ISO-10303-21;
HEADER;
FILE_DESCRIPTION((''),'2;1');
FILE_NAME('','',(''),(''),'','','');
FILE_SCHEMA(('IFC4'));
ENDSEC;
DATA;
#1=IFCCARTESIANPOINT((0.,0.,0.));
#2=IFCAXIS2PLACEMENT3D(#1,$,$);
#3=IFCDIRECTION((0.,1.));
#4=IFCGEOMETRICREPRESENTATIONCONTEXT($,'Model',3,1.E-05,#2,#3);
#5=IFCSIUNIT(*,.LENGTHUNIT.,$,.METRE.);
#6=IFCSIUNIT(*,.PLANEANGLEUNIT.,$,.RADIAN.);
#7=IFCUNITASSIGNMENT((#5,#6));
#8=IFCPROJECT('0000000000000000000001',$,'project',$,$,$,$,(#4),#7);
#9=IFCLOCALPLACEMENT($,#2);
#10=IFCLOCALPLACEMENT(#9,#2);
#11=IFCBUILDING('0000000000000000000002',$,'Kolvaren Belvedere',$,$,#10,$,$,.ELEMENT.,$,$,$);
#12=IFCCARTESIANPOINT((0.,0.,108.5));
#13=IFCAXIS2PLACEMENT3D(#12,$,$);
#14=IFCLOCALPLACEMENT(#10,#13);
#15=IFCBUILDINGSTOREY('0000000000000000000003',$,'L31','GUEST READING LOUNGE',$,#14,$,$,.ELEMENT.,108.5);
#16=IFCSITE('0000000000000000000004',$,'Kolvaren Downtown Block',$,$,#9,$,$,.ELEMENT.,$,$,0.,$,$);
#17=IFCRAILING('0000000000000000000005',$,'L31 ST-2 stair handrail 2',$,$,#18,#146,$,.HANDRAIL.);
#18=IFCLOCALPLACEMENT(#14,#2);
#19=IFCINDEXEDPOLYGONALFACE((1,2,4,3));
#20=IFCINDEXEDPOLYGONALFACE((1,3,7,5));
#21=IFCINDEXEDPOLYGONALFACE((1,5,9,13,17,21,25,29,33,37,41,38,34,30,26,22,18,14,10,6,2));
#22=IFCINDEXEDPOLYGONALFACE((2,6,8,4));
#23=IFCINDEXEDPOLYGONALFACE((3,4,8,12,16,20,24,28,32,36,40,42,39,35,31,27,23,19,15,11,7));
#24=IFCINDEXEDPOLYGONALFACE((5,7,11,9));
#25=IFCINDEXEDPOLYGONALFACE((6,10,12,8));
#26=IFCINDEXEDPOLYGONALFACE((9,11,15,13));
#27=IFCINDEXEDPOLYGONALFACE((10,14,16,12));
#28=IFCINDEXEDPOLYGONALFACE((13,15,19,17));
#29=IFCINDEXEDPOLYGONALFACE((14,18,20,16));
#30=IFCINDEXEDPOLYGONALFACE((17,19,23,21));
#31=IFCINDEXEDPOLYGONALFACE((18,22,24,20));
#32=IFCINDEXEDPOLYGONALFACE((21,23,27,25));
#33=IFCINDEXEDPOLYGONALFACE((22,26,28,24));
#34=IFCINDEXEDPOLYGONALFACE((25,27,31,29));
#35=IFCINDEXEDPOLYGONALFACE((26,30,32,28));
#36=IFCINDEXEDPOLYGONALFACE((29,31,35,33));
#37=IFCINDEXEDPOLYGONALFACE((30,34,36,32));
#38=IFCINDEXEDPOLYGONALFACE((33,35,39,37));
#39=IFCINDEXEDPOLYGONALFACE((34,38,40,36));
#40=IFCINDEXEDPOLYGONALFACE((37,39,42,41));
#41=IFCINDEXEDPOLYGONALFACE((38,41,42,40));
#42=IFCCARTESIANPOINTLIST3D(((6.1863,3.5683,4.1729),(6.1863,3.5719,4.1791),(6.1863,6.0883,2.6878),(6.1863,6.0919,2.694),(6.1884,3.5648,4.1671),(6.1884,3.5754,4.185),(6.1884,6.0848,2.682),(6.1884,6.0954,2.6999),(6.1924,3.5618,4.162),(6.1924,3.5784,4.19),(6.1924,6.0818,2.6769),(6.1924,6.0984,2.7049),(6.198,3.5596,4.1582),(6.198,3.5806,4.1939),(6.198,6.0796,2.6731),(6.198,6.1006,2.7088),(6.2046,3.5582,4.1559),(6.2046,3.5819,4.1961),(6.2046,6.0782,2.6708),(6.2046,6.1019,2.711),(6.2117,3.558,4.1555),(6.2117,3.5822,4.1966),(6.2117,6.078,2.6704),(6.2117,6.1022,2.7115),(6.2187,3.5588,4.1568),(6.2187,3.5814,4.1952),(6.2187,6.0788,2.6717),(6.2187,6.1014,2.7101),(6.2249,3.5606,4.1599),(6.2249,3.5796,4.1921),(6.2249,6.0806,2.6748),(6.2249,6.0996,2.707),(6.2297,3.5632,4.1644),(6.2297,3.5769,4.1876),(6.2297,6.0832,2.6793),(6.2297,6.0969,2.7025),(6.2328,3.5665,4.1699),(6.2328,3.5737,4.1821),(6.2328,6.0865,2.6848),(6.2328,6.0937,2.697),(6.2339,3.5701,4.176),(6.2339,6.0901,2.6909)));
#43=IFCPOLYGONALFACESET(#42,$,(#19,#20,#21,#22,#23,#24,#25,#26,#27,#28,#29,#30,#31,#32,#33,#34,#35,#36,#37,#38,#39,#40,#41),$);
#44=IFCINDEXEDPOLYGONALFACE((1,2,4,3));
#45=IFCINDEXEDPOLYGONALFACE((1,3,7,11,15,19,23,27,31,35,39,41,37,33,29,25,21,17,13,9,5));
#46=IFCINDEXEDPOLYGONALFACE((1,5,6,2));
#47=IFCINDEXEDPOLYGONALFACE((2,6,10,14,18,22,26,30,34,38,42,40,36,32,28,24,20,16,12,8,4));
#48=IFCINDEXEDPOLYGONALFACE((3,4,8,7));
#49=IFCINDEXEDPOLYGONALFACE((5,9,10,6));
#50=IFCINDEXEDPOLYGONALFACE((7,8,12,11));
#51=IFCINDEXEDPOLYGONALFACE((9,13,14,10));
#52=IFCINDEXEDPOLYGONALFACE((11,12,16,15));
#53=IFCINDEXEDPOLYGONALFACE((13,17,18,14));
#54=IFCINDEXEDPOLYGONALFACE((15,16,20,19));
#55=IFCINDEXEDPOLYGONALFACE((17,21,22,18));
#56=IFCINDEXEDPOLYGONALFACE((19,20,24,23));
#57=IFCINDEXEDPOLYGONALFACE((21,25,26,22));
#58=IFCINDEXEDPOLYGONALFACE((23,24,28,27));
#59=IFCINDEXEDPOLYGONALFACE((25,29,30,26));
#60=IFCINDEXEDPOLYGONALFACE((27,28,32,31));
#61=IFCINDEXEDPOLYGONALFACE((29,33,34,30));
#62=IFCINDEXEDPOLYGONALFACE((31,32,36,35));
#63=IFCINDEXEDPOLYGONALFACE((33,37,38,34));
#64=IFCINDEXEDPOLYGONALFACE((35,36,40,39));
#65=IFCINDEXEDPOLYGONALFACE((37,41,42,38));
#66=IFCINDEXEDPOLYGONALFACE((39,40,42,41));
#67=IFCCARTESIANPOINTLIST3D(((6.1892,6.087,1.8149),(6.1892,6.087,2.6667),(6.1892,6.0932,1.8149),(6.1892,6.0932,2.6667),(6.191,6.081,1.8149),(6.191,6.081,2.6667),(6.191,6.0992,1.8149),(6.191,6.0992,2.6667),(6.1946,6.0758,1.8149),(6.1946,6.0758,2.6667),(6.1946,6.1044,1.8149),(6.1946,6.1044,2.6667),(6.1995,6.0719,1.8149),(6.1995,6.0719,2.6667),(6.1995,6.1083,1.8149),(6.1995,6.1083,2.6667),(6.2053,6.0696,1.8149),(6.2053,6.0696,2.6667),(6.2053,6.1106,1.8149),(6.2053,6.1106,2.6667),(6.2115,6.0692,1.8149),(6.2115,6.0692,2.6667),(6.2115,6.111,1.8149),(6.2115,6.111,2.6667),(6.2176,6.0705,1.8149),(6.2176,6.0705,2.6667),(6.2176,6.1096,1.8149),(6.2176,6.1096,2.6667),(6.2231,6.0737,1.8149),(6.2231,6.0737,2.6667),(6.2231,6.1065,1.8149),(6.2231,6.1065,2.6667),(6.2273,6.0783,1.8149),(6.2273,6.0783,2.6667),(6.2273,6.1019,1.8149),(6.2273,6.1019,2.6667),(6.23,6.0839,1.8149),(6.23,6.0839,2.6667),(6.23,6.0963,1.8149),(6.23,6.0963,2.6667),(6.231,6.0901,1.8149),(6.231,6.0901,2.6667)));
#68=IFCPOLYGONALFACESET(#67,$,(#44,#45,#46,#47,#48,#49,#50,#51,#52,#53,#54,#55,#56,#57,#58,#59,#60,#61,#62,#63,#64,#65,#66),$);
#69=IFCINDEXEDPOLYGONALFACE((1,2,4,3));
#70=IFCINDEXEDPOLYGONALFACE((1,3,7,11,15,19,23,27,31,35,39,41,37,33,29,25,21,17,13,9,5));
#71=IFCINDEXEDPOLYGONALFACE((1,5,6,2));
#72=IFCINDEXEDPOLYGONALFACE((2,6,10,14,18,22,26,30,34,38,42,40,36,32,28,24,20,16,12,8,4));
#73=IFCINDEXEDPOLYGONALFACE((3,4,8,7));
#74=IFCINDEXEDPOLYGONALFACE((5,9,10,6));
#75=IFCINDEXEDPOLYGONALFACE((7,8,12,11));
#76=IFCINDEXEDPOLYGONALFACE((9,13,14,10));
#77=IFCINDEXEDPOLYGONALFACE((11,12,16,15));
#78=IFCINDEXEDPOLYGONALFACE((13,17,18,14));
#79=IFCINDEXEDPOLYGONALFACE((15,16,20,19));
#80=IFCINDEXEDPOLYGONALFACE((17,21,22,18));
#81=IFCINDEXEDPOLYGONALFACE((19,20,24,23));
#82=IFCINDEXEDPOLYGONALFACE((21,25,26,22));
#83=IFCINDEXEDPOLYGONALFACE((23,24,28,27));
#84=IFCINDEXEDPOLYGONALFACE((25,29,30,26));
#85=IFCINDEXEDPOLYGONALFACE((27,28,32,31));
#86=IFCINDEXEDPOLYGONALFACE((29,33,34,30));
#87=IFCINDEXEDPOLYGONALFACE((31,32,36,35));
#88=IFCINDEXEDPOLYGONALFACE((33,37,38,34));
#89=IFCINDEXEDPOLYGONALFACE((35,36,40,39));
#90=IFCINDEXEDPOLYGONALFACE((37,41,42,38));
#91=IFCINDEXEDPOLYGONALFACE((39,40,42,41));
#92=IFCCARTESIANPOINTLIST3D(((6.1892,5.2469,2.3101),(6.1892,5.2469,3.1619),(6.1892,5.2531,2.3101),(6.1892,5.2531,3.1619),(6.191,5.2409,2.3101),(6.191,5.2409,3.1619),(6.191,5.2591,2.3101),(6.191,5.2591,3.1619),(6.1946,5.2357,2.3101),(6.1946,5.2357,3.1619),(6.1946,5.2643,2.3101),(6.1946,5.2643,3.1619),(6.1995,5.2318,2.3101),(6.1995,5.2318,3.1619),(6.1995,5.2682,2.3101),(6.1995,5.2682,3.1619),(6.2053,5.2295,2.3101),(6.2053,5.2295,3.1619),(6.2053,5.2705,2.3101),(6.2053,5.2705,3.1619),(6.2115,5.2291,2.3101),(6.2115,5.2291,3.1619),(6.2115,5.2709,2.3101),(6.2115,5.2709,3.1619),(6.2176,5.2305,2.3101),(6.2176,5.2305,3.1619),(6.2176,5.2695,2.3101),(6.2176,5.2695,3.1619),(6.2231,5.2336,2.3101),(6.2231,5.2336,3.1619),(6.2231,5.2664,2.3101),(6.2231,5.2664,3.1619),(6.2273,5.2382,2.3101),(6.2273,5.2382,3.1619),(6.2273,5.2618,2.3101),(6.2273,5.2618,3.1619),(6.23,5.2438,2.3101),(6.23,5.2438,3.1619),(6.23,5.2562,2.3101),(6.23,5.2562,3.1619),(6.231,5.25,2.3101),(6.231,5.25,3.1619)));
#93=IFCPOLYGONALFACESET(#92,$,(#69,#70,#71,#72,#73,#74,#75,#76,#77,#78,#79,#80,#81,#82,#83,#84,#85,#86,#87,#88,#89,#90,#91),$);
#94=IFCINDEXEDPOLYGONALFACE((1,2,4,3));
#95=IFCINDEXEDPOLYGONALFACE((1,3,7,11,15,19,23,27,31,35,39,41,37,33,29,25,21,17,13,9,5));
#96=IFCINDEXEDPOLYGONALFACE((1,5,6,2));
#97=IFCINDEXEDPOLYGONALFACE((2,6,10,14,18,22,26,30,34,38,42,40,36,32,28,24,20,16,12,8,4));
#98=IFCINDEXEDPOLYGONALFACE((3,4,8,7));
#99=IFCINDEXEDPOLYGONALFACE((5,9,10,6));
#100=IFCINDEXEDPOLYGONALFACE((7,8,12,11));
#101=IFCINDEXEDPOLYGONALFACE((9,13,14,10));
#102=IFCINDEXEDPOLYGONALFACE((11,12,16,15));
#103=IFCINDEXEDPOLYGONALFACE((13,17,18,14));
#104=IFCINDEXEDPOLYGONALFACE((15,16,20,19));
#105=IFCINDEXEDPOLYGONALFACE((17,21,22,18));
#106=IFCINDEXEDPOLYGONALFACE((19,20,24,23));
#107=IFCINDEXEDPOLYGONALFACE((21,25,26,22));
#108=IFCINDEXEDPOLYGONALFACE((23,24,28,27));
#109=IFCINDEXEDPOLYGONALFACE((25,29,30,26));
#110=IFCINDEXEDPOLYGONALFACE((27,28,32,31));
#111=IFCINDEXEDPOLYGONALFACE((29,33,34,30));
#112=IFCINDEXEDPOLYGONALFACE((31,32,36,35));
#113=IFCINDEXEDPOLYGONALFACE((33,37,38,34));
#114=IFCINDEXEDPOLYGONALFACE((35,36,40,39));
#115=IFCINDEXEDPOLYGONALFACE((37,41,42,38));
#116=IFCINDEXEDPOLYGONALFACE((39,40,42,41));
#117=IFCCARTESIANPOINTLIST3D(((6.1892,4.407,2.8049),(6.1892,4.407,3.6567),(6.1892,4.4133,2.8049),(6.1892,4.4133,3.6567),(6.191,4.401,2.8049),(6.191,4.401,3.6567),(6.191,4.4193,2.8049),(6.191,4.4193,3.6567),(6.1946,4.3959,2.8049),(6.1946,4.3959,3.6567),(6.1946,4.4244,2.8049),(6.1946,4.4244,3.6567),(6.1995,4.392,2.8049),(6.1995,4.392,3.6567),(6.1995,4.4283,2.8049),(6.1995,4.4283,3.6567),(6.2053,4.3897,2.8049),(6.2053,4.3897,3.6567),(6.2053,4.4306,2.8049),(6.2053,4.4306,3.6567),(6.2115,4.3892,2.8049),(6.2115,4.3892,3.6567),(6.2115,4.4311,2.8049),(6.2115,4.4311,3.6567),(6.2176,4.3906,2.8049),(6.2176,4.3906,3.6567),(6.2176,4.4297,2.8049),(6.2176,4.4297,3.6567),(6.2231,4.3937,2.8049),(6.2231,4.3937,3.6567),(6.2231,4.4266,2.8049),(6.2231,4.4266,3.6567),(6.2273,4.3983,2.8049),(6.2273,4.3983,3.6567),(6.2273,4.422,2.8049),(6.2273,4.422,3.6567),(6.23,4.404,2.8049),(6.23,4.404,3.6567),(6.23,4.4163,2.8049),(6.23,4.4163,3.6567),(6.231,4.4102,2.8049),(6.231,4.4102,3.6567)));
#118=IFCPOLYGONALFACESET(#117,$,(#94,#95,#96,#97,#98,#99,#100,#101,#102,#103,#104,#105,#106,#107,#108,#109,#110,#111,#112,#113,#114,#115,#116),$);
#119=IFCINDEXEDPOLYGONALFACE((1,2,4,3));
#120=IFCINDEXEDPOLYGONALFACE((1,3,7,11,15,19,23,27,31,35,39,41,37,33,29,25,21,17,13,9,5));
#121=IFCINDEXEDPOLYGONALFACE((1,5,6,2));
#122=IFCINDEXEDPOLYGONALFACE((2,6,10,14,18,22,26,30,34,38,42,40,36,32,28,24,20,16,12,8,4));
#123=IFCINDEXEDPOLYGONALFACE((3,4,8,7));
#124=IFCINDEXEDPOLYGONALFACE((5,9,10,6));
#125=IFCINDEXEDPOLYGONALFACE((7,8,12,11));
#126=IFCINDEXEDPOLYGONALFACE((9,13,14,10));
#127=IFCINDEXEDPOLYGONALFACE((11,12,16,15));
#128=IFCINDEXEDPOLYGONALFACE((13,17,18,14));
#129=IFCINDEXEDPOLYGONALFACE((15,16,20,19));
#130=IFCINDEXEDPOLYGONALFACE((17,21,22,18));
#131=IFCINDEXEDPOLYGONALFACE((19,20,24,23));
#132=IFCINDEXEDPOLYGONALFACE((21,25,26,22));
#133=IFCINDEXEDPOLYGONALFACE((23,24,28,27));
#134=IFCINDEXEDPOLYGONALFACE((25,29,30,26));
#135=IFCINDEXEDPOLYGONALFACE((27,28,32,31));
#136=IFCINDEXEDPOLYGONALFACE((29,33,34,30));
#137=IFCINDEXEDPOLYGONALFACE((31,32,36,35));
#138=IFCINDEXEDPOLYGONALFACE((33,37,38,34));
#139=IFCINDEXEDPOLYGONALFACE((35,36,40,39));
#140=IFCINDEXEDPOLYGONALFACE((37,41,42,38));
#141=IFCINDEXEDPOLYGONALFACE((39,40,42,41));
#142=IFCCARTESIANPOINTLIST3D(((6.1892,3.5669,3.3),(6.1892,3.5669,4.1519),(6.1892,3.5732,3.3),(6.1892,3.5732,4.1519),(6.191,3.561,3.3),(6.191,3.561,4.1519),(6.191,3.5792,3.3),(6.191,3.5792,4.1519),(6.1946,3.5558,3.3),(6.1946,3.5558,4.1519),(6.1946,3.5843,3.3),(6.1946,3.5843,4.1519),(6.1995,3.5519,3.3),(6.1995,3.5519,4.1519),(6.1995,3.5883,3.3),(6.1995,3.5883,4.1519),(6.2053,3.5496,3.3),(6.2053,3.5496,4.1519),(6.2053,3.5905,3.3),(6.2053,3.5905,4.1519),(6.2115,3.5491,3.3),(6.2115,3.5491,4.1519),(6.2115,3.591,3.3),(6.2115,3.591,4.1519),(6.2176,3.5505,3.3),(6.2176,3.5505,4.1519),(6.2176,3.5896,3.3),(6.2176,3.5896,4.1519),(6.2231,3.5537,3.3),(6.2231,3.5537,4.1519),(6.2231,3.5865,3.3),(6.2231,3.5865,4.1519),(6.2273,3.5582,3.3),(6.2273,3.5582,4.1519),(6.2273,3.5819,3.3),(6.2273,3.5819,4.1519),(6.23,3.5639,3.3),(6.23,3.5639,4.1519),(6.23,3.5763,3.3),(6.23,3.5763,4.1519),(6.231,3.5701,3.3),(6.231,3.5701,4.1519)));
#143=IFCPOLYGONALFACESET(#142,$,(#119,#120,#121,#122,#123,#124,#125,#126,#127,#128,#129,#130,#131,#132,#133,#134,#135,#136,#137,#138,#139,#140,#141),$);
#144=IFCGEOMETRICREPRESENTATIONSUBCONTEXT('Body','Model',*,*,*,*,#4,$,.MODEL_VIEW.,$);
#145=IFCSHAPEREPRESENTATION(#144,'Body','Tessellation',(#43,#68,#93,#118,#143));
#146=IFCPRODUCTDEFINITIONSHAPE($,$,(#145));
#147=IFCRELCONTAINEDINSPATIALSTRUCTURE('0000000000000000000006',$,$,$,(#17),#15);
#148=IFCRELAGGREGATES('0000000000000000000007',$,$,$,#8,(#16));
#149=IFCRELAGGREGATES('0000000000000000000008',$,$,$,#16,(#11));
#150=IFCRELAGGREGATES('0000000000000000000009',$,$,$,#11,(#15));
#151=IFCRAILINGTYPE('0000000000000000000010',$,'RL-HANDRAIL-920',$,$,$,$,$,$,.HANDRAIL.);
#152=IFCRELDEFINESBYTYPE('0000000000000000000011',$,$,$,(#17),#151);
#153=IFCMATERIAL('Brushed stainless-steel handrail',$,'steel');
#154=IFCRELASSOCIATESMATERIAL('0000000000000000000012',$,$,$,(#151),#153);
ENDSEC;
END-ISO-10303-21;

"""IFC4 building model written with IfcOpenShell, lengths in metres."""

from ifc_helpers import new_model, si_unit, direction, frame, origin, origin_2d, place, context, subcontext, project, spatial, circle, extrude, material, type_object, element, save


model = new_model("IFC4")

# Units and contexts
model_context = context("Model", 3, precision=1e-05, world=origin(), true_north=direction((0.0, 1.0)))
body_context = subcontext(model_context, "Body", "Model", "MODEL_VIEW")
ifc_project = project(units=[si_unit("LENGTHUNIT", "METRE"), si_unit("PLANEANGLEUNIT", "RADIAN")], contexts=[model_context])

# Site, building, storey
site_placement = place(None, origin())
site = spatial("IfcSite", under=ifc_project, at=site_placement, Name="Kolvaren Downtown Block", CompositionType="ELEMENT", RefElevation=0.0)
building_placement = place(site_placement, origin())
building = spatial("IfcBuilding", under=site, at=building_placement, Name="Kolvaren Belvedere", CompositionType="ELEMENT")
storey_placement = place(building_placement, frame((0.0, 0.0, 108.5)))
storey = spatial("IfcBuildingStorey", under=building, at=storey_placement, Name="L31", Description="GUEST READING LOUNGE", CompositionType="ELEMENT", Elevation=108.5)

# Railing
ifc_material_1 = material(Name="Brushed stainless-steel handrail", Category="steel")
railing_type_1 = type_object("IfcRailingType", Name="RL-HANDRAIL-920", PredefinedType="HANDRAIL", material=ifc_material_1)
railing_1_placement = place(storey_placement, frame((6.21, 6.0901, 1.8149)))
element("IfcRailing", 1, at=railing_1_placement, inside=storey, type_object=railing_type_1, Name="L31 ST-2 stair handrail 2", PredefinedType="HANDRAIL", context=body_context, shape_type="SweptSolid", body=[
    extrude(circle(Radius=0.0239, at=origin_2d()), frame((0.0, 0.0, 0.876), z_axis=(0.0, -0.861524, 0.507717), x_axis=(1.0, 0.0, 0.0)), (0.0, 0.0, 1.0), 2.925),
    extrude(circle(Radius=0.021, at=origin_2d()), origin(), (0.0, 0.0, 1.0), 0.8518),
    extrude(circle(Radius=0.021, at=origin_2d()), frame((0.0, -0.8401, 0.4951)), (0.0, 0.0, 1.0), 0.8518),
    extrude(circle(Radius=0.021, at=origin_2d()), frame((0.0, -1.6799, 0.99)), (0.0, 0.0, 1.0), 0.8518),
    extrude(circle(Radius=0.021, at=origin_2d()), frame((0.0, -2.52, 1.4851)), (0.0, 0.0, 1.0), 0.8518),
])

save(model, "model.ifc")
